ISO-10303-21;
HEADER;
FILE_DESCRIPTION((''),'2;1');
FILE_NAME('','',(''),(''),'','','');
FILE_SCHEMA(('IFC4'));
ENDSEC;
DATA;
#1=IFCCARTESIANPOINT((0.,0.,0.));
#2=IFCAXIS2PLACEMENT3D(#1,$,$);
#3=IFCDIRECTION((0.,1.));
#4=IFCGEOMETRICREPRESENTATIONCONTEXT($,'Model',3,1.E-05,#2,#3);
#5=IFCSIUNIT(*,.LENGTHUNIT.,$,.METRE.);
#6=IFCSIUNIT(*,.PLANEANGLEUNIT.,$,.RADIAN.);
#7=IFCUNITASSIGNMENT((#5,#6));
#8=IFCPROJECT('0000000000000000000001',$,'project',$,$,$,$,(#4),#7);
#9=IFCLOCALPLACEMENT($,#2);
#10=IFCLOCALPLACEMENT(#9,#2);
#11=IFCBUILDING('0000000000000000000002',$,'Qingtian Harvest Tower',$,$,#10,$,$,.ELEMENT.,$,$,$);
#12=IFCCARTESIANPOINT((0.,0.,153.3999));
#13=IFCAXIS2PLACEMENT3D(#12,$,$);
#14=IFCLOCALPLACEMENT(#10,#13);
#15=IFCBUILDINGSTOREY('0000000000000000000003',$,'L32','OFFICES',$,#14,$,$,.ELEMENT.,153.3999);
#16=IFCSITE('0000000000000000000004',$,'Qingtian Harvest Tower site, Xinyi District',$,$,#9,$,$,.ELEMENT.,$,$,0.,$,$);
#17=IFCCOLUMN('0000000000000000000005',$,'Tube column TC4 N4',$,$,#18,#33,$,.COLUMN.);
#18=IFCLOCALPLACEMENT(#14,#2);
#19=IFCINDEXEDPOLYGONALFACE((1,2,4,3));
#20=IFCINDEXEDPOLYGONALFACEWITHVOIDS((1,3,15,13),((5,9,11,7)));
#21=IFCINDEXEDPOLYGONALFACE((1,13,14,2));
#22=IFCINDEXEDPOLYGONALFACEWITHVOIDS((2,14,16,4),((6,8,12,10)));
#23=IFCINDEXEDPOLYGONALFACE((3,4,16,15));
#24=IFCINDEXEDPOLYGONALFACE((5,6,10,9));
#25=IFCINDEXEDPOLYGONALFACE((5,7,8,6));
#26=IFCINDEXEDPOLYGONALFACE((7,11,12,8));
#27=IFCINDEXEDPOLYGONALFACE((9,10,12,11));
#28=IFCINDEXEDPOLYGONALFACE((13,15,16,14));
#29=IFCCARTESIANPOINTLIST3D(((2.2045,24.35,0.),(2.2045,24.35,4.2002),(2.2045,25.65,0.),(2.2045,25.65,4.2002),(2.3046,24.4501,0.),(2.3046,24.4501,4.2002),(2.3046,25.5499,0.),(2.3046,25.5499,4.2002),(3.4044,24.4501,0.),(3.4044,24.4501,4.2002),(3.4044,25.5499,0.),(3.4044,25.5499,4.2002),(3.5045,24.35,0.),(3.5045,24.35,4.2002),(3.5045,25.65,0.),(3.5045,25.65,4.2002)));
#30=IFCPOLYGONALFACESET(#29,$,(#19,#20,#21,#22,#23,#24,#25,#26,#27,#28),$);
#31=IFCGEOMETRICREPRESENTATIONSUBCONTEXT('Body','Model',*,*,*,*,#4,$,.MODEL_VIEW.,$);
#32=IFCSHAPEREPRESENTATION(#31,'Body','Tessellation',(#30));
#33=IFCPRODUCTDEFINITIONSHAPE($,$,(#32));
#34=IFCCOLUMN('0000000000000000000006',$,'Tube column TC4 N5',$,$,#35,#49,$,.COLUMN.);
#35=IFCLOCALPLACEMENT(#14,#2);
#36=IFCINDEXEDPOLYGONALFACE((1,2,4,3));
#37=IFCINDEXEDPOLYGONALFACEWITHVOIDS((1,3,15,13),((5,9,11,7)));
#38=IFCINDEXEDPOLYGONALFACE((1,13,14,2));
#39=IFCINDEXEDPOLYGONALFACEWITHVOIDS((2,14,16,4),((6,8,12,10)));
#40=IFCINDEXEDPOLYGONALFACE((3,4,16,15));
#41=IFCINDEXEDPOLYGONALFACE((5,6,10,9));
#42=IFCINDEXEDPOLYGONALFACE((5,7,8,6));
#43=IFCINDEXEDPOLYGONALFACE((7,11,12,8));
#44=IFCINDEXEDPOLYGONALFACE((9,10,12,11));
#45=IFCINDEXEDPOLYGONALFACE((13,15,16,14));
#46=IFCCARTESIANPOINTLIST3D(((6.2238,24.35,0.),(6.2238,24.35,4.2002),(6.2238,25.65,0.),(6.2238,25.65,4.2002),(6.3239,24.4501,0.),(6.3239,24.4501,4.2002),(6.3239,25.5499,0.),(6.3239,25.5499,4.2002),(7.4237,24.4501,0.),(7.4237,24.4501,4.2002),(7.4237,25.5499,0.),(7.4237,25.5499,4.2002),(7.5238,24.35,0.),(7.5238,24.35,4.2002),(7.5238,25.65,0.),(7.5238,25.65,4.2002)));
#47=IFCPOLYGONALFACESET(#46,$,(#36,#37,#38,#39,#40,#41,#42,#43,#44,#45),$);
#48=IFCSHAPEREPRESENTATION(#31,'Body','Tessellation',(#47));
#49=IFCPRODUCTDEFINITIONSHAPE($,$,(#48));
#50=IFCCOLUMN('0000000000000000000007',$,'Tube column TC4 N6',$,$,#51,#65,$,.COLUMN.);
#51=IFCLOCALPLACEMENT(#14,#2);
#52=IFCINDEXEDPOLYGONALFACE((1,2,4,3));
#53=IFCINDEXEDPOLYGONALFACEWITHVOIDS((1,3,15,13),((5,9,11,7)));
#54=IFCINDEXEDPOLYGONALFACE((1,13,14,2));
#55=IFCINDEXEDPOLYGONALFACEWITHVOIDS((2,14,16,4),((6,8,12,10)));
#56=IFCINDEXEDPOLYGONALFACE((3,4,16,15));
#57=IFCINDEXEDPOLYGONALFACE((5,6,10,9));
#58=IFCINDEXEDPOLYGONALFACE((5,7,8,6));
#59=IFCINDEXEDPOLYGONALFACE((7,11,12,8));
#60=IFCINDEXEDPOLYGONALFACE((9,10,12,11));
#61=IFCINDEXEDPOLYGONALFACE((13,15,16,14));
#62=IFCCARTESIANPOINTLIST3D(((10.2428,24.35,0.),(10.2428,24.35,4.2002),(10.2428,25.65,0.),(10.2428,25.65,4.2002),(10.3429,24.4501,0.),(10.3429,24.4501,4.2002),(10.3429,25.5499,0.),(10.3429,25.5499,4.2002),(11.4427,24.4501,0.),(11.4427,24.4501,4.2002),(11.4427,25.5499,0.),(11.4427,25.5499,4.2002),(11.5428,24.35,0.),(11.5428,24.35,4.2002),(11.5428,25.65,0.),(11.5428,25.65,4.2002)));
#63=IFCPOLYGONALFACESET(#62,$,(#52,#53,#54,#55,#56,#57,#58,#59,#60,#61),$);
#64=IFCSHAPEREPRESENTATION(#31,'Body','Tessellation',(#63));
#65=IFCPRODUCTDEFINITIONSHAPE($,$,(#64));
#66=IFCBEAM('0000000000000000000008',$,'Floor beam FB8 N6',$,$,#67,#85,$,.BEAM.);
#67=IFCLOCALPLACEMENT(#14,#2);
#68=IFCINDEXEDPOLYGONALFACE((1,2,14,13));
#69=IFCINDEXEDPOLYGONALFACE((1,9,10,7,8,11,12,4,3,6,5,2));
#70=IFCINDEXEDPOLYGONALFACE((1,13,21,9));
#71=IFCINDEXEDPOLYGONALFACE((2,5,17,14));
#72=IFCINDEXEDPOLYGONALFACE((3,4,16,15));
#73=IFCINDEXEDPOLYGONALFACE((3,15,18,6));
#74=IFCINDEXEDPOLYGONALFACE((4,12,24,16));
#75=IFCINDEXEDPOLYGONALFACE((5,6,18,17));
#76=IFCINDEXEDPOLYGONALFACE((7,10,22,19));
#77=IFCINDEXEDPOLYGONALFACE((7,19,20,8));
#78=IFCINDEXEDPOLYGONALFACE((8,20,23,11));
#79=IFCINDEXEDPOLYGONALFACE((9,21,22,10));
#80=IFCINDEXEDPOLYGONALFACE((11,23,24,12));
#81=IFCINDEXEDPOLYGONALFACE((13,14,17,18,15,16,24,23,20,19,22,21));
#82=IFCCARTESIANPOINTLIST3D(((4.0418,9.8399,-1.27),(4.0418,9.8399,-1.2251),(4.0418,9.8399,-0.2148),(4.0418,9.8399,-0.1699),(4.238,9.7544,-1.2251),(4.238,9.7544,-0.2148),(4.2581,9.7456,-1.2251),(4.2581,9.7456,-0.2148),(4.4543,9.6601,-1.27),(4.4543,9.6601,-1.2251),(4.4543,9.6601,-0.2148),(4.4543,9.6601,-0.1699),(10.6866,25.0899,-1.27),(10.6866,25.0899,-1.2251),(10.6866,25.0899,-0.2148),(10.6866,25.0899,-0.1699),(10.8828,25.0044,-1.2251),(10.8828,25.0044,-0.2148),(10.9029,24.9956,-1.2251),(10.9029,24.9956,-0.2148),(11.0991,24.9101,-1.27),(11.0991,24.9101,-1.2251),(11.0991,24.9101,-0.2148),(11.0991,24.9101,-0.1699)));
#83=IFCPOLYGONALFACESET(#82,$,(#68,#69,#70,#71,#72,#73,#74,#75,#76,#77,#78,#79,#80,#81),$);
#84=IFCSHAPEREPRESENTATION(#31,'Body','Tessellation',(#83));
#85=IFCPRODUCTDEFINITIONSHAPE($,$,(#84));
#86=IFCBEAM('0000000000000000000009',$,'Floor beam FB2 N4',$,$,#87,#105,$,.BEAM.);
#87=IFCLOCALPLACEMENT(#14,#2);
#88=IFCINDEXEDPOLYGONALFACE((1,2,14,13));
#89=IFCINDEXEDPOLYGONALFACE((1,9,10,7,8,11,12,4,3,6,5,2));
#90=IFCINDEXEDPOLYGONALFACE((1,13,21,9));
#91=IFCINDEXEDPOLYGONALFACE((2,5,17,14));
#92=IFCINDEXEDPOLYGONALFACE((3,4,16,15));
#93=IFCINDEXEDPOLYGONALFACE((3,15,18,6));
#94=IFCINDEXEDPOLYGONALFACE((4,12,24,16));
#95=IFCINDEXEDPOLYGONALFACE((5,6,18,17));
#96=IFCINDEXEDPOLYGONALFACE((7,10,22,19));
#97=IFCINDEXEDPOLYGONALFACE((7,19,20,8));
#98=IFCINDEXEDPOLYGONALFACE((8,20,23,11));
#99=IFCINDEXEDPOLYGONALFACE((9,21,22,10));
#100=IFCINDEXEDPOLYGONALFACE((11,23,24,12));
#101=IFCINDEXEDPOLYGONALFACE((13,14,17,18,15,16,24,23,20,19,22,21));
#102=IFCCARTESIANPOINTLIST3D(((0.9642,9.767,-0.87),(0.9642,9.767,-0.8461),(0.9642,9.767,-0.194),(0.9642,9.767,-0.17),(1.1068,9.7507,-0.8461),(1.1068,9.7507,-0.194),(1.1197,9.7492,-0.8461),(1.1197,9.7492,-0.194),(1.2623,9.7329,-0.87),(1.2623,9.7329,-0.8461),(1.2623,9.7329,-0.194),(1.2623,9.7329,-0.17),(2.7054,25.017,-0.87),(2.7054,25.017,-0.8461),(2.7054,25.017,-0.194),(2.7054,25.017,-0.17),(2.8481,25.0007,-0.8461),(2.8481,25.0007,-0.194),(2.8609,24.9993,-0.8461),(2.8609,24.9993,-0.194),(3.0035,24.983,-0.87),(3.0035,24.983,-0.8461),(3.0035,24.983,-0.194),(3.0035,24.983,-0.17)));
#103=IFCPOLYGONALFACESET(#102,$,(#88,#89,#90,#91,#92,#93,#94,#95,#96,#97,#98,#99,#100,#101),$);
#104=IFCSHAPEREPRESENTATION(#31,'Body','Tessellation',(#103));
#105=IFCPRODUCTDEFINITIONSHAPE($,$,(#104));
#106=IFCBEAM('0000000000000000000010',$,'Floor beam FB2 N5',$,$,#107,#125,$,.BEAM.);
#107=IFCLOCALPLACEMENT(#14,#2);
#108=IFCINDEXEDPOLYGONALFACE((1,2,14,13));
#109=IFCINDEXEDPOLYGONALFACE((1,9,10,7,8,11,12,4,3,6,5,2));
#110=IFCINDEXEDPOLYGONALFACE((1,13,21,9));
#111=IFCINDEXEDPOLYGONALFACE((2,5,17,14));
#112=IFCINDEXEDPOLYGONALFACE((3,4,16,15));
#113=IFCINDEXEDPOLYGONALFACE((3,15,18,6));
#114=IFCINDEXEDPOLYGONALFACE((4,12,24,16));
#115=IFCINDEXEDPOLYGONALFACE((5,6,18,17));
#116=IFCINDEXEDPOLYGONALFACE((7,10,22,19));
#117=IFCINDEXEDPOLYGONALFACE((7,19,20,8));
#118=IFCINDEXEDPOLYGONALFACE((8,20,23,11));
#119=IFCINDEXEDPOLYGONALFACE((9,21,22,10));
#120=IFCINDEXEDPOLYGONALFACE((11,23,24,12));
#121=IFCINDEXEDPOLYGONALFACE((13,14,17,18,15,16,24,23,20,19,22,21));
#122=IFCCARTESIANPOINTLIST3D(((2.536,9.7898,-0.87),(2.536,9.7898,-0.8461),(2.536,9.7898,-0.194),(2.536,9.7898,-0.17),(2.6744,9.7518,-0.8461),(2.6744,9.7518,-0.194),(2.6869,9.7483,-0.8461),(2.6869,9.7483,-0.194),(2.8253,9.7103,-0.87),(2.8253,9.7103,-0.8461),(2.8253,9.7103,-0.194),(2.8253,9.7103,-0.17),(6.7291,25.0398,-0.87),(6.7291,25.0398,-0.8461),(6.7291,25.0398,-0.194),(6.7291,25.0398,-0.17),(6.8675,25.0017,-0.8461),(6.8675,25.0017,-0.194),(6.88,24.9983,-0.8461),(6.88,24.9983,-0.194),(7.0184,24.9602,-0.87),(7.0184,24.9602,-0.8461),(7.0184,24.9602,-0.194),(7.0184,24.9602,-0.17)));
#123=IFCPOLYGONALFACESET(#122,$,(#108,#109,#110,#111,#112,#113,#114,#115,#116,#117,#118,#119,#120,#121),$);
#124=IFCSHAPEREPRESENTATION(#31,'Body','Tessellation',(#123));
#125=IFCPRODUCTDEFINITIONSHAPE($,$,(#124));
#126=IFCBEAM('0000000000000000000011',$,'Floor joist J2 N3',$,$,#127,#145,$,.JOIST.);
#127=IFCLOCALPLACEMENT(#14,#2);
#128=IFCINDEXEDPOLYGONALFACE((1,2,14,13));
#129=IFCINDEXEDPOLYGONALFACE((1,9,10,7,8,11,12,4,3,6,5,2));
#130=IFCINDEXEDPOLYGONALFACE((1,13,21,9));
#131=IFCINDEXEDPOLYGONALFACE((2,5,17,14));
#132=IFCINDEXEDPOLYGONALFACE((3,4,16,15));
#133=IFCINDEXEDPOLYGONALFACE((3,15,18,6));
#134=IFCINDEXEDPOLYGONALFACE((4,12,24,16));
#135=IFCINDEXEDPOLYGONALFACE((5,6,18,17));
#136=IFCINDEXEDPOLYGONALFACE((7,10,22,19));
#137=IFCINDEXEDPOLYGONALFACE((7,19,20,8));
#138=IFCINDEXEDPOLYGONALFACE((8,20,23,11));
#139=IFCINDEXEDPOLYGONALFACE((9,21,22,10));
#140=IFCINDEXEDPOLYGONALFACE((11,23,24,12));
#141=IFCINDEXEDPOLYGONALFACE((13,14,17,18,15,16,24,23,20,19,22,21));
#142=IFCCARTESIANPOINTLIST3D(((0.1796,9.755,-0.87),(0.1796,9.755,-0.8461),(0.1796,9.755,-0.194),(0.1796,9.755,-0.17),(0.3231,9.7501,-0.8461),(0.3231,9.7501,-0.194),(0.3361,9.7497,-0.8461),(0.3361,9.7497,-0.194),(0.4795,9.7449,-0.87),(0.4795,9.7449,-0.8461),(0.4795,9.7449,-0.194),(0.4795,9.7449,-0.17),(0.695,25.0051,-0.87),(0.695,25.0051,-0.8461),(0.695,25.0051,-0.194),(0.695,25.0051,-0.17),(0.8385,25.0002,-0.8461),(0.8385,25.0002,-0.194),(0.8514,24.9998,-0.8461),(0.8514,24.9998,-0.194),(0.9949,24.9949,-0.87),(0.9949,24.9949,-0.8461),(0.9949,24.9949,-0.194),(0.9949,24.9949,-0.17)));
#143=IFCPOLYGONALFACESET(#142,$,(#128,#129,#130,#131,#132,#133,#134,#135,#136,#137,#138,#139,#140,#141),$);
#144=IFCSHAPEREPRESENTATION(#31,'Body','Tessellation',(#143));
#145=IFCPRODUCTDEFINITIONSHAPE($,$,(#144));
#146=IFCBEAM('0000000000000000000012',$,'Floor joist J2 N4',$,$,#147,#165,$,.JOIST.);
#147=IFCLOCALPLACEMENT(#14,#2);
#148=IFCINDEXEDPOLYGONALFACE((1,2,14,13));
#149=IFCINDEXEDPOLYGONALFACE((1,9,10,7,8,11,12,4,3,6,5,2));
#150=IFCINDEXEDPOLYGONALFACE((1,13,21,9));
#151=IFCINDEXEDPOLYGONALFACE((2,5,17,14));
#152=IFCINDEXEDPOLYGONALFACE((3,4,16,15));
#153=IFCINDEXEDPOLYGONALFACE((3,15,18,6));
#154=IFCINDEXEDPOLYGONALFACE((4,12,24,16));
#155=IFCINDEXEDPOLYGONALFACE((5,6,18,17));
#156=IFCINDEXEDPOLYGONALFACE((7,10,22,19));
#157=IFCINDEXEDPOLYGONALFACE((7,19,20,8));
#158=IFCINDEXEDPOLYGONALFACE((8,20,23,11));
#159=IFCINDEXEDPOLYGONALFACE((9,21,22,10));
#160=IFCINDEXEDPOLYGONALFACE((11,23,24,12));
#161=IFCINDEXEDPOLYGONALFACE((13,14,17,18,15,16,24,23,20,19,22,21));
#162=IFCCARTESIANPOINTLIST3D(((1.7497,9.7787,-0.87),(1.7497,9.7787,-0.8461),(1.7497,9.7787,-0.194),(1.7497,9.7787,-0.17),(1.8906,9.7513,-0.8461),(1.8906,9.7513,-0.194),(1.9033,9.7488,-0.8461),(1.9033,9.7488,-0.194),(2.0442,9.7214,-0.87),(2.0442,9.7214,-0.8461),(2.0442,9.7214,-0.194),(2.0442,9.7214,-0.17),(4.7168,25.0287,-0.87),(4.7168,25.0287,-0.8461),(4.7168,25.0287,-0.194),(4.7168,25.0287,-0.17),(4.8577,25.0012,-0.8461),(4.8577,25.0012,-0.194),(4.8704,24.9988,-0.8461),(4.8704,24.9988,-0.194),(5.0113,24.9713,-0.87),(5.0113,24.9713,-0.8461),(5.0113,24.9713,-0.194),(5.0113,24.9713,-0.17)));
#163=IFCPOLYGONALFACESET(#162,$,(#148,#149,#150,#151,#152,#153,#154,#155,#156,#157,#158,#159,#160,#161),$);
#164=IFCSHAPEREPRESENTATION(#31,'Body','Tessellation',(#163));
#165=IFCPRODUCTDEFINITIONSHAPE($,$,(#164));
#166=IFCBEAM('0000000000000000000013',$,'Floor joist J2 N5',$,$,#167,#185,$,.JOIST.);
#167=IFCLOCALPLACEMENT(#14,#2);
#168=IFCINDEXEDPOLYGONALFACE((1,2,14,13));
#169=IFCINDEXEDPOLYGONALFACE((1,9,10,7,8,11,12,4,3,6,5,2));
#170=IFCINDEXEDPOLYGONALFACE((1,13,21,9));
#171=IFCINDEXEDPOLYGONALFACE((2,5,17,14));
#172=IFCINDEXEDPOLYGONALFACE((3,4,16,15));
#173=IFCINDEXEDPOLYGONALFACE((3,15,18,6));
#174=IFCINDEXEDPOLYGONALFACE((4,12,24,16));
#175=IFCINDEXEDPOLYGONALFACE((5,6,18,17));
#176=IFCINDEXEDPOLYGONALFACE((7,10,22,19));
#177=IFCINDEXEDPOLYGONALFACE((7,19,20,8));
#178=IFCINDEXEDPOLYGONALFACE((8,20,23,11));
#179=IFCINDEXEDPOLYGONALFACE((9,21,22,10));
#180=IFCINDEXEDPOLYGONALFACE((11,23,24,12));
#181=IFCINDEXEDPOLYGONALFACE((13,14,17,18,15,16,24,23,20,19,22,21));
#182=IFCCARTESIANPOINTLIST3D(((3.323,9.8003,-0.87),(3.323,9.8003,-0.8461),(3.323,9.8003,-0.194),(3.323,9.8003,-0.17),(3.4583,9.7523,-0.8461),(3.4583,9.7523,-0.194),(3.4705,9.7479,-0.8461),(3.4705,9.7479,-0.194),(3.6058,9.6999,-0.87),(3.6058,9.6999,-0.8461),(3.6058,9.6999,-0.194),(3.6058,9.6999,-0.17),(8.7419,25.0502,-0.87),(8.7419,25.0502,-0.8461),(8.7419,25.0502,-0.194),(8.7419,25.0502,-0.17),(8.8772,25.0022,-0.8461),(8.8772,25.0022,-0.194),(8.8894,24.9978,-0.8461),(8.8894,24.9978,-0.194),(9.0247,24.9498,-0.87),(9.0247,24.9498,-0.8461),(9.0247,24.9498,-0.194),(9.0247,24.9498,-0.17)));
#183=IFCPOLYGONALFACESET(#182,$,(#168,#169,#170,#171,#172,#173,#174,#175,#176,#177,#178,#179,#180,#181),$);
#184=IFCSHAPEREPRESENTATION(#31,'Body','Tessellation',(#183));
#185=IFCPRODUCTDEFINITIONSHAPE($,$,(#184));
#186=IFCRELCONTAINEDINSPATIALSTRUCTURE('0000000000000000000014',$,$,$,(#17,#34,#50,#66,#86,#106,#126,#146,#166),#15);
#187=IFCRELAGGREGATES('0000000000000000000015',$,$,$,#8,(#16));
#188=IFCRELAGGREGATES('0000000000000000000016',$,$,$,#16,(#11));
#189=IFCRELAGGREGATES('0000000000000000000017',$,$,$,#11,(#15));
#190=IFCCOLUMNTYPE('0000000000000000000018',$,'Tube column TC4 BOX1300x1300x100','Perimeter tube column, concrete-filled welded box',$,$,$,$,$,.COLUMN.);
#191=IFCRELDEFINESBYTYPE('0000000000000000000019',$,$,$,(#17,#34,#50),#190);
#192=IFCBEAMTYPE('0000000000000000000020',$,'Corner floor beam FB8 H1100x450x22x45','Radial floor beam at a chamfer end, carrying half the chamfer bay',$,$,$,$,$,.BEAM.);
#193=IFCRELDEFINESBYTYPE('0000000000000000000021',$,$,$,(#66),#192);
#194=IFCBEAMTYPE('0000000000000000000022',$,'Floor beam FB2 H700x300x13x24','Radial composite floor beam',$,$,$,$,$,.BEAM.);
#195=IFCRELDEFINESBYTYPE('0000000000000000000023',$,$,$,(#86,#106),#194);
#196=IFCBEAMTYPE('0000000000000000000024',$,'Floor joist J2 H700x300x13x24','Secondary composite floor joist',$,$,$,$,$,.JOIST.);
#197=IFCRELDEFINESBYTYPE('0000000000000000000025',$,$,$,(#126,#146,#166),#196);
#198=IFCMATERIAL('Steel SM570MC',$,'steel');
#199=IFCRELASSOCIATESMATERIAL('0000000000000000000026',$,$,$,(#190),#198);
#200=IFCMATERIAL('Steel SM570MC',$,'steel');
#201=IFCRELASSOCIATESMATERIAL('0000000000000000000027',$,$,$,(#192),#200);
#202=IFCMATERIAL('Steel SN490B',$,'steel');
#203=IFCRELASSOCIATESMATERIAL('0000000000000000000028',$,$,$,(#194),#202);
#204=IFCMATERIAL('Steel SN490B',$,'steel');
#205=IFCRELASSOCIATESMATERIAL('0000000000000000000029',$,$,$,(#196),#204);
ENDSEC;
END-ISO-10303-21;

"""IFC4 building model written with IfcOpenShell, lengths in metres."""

from ifc_helpers import new_model, si_unit, direction, frame, origin, origin_2d, place, context, subcontext, project, spatial, hollow_rectangle, i_section, extrude, material, material_profile, profile_set, type_object, element, save


model = new_model("IFC4")

# Units and contexts
model_context = context("Model", 3, precision=1e-05, world=origin(), true_north=direction((0.0, 1.0)))
body_context = subcontext(model_context, "Body", "Model", "MODEL_VIEW")
ifc_project = project(units=[si_unit("LENGTHUNIT", "METRE"), si_unit("PLANEANGLEUNIT", "RADIAN")], contexts=[model_context])

# Site, building, storey
site_placement = place(None, origin())
site = spatial("IfcSite", under=ifc_project, at=site_placement, Name="Qingtian Harvest Tower site, Xinyi District", CompositionType="ELEMENT", RefElevation=0.0)
building_placement = place(site_placement, origin())
building = spatial("IfcBuilding", under=site, at=building_placement, Name="Qingtian Harvest Tower", CompositionType="ELEMENT")
storey_placement = place(building_placement, frame((0.0, 0.0, 153.3999)))
storey = spatial("IfcBuildingStorey", under=building, at=storey_placement, Name="L32", Description="OFFICES", CompositionType="ELEMENT", Elevation=153.3999)

# Columns
ifc_material_1 = material(Name="Steel SM570MC", Category="steel")
ifc_material_profile_1 = material_profile(ifc_material_1, hollow_rectangle(XDim=1.3, YDim=1.3, WallThickness=0.1001, at=origin_2d()), Name="BOX1300x1300x100")
ifc_profile_set_1 = profile_set([ifc_material_profile_1], Name="Steel SM570MC")
column_type = type_object("IfcColumnType", Name="Tube column TC4 BOX1300x1300x100", Description="Perimeter tube column, concrete-filled welded box", PredefinedType="COLUMN", material=ifc_profile_set_1)
for number, where, z_axis, x_axis, name in (
    (1, (2.8545, 25.0, 0.0), (0.0, 0.0, 1.0), (-1.0, 0.0, 0.0), "Tube column TC4 N4"),
    (2, (6.8738, 25.0, 0.0), (0.0, 0.0, 1.0), (-1.0, 0.0, 0.0), "Tube column TC4 N5"),
    (3, (10.8928, 25.0, 0.0), (0.0, 0.0, 1.0), (-1.0, 0.0, 0.0), "Tube column TC4 N6"),
):
    element("IfcColumn", number, at=place(storey_placement, frame(where, z_axis=z_axis, x_axis=x_axis)), inside=storey, type_object=column_type, Name=name, PredefinedType="COLUMN", context=body_context, shape_type="SweptSolid", body=[
        extrude(hollow_rectangle(XDim=1.3, YDim=1.3, WallThickness=0.1001, at=origin_2d()), origin(), (0.0, 0.0, 1.0), 4.2002),
    ])

# Beams
ifc_material_2 = material(Name="Steel SM570MC", Category="steel")
ifc_material_profile_2 = material_profile(ifc_material_2, i_section(OverallWidth=0.45, OverallDepth=1.1001, WebThickness=0.022, FlangeThickness=0.0449, at=origin_2d()), Name="H1100x450x22x45")
ifc_profile_set_2 = profile_set([ifc_material_profile_2], Name="Steel SM570MC")
beam_type_1 = type_object("IfcBeamType", Name="Corner floor beam FB8 H1100x450x22x45", Description="Radial floor beam at a chamfer end, carrying half the chamfer bay", PredefinedType="BEAM", material=ifc_profile_set_2)
beam_1_placement = place(storey_placement, frame((10.8928, 25.0, -0.72), z_axis=(-0.399451, -0.916755, 0.0), x_axis=(0.916755, -0.399451, 0.0)))
element("IfcBeam", 4, at=beam_1_placement, inside=storey, type_object=beam_type_1, Name="Floor beam FB8 N6", PredefinedType="BEAM", context=body_context, shape_type="SweptSolid", body=[
    extrude(i_section(OverallWidth=0.45, OverallDepth=1.1001, WebThickness=0.022, FlangeThickness=0.0449, at=origin_2d()), origin(), (0.0, 0.0, 1.0), 16.6348),
])
ifc_material_3 = material(Name="Steel SN490B", Category="steel")
ifc_material_profile_3 = material_profile(ifc_material_3, i_section(OverallWidth=0.3, OverallDepth=0.7, WebThickness=0.0129, FlangeThickness=0.0239, at=origin_2d()), Name="H700x300x13x24")
ifc_profile_set_3 = profile_set([ifc_material_profile_3], Name="Steel SN490B")
beam_type_2 = type_object("IfcBeamType", Name="Floor beam FB2 H700x300x13x24", Description="Radial composite floor beam", PredefinedType="BEAM", material=ifc_profile_set_3)
beam_2_placement = place(storey_placement, frame((2.8545, 25.0, -0.52), z_axis=(-0.113441, -0.993545, 0.0), x_axis=(0.993545, -0.113441, 0.0)))
element("IfcBeam", 5, at=beam_2_placement, inside=storey, type_object=beam_type_2, Name="Floor beam FB2 N4", PredefinedType="BEAM", context=body_context, shape_type="SweptSolid", body=[
    extrude(i_section(OverallWidth=0.3, OverallDepth=0.7, WebThickness=0.0129, FlangeThickness=0.0239, at=origin_2d()), origin(), (0.0, 0.0, 1.0), 15.3491),
])
beam_3_placement = place(storey_placement, frame((6.8738, 25.0, -0.52), z_axis=(-0.265119, -0.964216, 0.0), x_axis=(0.964216, -0.265119, 0.0)))
element("IfcBeam", 6, at=beam_3_placement, inside=storey, type_object=beam_type_2, Name="Floor beam FB2 N5", PredefinedType="BEAM", context=body_context, shape_type="SweptSolid", body=[
    extrude(i_section(OverallWidth=0.3, OverallDepth=0.7, WebThickness=0.0129, FlangeThickness=0.0239, at=origin_2d()), origin(), (0.0, 0.0, 1.0), 15.8159),
])
ifc_material_4 = material(Name="Steel SN490B", Category="steel")
ifc_material_profile_4 = material_profile(ifc_material_4, i_section(OverallWidth=0.3, OverallDepth=0.7, WebThickness=0.0129, FlangeThickness=0.0239, at=origin_2d()), Name="H700x300x13x24")
ifc_profile_set_4 = profile_set([ifc_material_profile_4], Name="Steel SN490B")
beam_type_3 = type_object("IfcBeamType", Name="Floor joist J2 H700x300x13x24", Description="Secondary composite floor joist", PredefinedType="JOIST", material=ifc_profile_set_4)
beam_4_placement = place(storey_placement, frame((0.845, 25.0, -0.52), z_axis=(-0.033776, -0.999429, 0.0), x_axis=(0.999429, -0.033776, 0.0)))
element("IfcBeam", 7, at=beam_4_placement, inside=storey, type_object=beam_type_3, Name="Floor joist J2 N3", PredefinedType="JOIST", context=body_context, shape_type="SweptSolid", body=[
    extrude(i_section(OverallWidth=0.3, OverallDepth=0.7, WebThickness=0.0129, FlangeThickness=0.0239, at=origin_2d()), origin(), (0.0, 0.0, 1.0), 15.2588),
])
beam_5_placement = place(storey_placement, frame((4.864, 25.0, -0.52), z_axis=(-0.190979, -0.981594, 0.0), x_axis=(0.981594, -0.190979, 0.0)))
element("IfcBeam", 8, at=beam_5_placement, inside=storey, type_object=beam_type_3, Name="Floor joist J2 N4", PredefinedType="JOIST", context=body_context, shape_type="SweptSolid", body=[
    extrude(i_section(OverallWidth=0.3, OverallDepth=0.7, WebThickness=0.0129, FlangeThickness=0.0239, at=origin_2d()), origin(), (0.0, 0.0, 1.0), 15.5359),
])
beam_6_placement = place(storey_placement, frame((8.8833, 25.0, -0.52), z_axis=(-0.33483, -0.942279, 0.0), x_axis=(0.942279, -0.33483, 0.0)))
element("IfcBeam", 9, at=beam_6_placement, inside=storey, type_object=beam_type_3, Name="Floor joist J2 N5", PredefinedType="JOIST", context=body_context, shape_type="SweptSolid", body=[
    extrude(i_section(OverallWidth=0.3, OverallDepth=0.7, WebThickness=0.0129, FlangeThickness=0.0239, at=origin_2d()), origin(), (0.0, 0.0, 1.0), 16.1841),
])

save(model, "model.ifc")
